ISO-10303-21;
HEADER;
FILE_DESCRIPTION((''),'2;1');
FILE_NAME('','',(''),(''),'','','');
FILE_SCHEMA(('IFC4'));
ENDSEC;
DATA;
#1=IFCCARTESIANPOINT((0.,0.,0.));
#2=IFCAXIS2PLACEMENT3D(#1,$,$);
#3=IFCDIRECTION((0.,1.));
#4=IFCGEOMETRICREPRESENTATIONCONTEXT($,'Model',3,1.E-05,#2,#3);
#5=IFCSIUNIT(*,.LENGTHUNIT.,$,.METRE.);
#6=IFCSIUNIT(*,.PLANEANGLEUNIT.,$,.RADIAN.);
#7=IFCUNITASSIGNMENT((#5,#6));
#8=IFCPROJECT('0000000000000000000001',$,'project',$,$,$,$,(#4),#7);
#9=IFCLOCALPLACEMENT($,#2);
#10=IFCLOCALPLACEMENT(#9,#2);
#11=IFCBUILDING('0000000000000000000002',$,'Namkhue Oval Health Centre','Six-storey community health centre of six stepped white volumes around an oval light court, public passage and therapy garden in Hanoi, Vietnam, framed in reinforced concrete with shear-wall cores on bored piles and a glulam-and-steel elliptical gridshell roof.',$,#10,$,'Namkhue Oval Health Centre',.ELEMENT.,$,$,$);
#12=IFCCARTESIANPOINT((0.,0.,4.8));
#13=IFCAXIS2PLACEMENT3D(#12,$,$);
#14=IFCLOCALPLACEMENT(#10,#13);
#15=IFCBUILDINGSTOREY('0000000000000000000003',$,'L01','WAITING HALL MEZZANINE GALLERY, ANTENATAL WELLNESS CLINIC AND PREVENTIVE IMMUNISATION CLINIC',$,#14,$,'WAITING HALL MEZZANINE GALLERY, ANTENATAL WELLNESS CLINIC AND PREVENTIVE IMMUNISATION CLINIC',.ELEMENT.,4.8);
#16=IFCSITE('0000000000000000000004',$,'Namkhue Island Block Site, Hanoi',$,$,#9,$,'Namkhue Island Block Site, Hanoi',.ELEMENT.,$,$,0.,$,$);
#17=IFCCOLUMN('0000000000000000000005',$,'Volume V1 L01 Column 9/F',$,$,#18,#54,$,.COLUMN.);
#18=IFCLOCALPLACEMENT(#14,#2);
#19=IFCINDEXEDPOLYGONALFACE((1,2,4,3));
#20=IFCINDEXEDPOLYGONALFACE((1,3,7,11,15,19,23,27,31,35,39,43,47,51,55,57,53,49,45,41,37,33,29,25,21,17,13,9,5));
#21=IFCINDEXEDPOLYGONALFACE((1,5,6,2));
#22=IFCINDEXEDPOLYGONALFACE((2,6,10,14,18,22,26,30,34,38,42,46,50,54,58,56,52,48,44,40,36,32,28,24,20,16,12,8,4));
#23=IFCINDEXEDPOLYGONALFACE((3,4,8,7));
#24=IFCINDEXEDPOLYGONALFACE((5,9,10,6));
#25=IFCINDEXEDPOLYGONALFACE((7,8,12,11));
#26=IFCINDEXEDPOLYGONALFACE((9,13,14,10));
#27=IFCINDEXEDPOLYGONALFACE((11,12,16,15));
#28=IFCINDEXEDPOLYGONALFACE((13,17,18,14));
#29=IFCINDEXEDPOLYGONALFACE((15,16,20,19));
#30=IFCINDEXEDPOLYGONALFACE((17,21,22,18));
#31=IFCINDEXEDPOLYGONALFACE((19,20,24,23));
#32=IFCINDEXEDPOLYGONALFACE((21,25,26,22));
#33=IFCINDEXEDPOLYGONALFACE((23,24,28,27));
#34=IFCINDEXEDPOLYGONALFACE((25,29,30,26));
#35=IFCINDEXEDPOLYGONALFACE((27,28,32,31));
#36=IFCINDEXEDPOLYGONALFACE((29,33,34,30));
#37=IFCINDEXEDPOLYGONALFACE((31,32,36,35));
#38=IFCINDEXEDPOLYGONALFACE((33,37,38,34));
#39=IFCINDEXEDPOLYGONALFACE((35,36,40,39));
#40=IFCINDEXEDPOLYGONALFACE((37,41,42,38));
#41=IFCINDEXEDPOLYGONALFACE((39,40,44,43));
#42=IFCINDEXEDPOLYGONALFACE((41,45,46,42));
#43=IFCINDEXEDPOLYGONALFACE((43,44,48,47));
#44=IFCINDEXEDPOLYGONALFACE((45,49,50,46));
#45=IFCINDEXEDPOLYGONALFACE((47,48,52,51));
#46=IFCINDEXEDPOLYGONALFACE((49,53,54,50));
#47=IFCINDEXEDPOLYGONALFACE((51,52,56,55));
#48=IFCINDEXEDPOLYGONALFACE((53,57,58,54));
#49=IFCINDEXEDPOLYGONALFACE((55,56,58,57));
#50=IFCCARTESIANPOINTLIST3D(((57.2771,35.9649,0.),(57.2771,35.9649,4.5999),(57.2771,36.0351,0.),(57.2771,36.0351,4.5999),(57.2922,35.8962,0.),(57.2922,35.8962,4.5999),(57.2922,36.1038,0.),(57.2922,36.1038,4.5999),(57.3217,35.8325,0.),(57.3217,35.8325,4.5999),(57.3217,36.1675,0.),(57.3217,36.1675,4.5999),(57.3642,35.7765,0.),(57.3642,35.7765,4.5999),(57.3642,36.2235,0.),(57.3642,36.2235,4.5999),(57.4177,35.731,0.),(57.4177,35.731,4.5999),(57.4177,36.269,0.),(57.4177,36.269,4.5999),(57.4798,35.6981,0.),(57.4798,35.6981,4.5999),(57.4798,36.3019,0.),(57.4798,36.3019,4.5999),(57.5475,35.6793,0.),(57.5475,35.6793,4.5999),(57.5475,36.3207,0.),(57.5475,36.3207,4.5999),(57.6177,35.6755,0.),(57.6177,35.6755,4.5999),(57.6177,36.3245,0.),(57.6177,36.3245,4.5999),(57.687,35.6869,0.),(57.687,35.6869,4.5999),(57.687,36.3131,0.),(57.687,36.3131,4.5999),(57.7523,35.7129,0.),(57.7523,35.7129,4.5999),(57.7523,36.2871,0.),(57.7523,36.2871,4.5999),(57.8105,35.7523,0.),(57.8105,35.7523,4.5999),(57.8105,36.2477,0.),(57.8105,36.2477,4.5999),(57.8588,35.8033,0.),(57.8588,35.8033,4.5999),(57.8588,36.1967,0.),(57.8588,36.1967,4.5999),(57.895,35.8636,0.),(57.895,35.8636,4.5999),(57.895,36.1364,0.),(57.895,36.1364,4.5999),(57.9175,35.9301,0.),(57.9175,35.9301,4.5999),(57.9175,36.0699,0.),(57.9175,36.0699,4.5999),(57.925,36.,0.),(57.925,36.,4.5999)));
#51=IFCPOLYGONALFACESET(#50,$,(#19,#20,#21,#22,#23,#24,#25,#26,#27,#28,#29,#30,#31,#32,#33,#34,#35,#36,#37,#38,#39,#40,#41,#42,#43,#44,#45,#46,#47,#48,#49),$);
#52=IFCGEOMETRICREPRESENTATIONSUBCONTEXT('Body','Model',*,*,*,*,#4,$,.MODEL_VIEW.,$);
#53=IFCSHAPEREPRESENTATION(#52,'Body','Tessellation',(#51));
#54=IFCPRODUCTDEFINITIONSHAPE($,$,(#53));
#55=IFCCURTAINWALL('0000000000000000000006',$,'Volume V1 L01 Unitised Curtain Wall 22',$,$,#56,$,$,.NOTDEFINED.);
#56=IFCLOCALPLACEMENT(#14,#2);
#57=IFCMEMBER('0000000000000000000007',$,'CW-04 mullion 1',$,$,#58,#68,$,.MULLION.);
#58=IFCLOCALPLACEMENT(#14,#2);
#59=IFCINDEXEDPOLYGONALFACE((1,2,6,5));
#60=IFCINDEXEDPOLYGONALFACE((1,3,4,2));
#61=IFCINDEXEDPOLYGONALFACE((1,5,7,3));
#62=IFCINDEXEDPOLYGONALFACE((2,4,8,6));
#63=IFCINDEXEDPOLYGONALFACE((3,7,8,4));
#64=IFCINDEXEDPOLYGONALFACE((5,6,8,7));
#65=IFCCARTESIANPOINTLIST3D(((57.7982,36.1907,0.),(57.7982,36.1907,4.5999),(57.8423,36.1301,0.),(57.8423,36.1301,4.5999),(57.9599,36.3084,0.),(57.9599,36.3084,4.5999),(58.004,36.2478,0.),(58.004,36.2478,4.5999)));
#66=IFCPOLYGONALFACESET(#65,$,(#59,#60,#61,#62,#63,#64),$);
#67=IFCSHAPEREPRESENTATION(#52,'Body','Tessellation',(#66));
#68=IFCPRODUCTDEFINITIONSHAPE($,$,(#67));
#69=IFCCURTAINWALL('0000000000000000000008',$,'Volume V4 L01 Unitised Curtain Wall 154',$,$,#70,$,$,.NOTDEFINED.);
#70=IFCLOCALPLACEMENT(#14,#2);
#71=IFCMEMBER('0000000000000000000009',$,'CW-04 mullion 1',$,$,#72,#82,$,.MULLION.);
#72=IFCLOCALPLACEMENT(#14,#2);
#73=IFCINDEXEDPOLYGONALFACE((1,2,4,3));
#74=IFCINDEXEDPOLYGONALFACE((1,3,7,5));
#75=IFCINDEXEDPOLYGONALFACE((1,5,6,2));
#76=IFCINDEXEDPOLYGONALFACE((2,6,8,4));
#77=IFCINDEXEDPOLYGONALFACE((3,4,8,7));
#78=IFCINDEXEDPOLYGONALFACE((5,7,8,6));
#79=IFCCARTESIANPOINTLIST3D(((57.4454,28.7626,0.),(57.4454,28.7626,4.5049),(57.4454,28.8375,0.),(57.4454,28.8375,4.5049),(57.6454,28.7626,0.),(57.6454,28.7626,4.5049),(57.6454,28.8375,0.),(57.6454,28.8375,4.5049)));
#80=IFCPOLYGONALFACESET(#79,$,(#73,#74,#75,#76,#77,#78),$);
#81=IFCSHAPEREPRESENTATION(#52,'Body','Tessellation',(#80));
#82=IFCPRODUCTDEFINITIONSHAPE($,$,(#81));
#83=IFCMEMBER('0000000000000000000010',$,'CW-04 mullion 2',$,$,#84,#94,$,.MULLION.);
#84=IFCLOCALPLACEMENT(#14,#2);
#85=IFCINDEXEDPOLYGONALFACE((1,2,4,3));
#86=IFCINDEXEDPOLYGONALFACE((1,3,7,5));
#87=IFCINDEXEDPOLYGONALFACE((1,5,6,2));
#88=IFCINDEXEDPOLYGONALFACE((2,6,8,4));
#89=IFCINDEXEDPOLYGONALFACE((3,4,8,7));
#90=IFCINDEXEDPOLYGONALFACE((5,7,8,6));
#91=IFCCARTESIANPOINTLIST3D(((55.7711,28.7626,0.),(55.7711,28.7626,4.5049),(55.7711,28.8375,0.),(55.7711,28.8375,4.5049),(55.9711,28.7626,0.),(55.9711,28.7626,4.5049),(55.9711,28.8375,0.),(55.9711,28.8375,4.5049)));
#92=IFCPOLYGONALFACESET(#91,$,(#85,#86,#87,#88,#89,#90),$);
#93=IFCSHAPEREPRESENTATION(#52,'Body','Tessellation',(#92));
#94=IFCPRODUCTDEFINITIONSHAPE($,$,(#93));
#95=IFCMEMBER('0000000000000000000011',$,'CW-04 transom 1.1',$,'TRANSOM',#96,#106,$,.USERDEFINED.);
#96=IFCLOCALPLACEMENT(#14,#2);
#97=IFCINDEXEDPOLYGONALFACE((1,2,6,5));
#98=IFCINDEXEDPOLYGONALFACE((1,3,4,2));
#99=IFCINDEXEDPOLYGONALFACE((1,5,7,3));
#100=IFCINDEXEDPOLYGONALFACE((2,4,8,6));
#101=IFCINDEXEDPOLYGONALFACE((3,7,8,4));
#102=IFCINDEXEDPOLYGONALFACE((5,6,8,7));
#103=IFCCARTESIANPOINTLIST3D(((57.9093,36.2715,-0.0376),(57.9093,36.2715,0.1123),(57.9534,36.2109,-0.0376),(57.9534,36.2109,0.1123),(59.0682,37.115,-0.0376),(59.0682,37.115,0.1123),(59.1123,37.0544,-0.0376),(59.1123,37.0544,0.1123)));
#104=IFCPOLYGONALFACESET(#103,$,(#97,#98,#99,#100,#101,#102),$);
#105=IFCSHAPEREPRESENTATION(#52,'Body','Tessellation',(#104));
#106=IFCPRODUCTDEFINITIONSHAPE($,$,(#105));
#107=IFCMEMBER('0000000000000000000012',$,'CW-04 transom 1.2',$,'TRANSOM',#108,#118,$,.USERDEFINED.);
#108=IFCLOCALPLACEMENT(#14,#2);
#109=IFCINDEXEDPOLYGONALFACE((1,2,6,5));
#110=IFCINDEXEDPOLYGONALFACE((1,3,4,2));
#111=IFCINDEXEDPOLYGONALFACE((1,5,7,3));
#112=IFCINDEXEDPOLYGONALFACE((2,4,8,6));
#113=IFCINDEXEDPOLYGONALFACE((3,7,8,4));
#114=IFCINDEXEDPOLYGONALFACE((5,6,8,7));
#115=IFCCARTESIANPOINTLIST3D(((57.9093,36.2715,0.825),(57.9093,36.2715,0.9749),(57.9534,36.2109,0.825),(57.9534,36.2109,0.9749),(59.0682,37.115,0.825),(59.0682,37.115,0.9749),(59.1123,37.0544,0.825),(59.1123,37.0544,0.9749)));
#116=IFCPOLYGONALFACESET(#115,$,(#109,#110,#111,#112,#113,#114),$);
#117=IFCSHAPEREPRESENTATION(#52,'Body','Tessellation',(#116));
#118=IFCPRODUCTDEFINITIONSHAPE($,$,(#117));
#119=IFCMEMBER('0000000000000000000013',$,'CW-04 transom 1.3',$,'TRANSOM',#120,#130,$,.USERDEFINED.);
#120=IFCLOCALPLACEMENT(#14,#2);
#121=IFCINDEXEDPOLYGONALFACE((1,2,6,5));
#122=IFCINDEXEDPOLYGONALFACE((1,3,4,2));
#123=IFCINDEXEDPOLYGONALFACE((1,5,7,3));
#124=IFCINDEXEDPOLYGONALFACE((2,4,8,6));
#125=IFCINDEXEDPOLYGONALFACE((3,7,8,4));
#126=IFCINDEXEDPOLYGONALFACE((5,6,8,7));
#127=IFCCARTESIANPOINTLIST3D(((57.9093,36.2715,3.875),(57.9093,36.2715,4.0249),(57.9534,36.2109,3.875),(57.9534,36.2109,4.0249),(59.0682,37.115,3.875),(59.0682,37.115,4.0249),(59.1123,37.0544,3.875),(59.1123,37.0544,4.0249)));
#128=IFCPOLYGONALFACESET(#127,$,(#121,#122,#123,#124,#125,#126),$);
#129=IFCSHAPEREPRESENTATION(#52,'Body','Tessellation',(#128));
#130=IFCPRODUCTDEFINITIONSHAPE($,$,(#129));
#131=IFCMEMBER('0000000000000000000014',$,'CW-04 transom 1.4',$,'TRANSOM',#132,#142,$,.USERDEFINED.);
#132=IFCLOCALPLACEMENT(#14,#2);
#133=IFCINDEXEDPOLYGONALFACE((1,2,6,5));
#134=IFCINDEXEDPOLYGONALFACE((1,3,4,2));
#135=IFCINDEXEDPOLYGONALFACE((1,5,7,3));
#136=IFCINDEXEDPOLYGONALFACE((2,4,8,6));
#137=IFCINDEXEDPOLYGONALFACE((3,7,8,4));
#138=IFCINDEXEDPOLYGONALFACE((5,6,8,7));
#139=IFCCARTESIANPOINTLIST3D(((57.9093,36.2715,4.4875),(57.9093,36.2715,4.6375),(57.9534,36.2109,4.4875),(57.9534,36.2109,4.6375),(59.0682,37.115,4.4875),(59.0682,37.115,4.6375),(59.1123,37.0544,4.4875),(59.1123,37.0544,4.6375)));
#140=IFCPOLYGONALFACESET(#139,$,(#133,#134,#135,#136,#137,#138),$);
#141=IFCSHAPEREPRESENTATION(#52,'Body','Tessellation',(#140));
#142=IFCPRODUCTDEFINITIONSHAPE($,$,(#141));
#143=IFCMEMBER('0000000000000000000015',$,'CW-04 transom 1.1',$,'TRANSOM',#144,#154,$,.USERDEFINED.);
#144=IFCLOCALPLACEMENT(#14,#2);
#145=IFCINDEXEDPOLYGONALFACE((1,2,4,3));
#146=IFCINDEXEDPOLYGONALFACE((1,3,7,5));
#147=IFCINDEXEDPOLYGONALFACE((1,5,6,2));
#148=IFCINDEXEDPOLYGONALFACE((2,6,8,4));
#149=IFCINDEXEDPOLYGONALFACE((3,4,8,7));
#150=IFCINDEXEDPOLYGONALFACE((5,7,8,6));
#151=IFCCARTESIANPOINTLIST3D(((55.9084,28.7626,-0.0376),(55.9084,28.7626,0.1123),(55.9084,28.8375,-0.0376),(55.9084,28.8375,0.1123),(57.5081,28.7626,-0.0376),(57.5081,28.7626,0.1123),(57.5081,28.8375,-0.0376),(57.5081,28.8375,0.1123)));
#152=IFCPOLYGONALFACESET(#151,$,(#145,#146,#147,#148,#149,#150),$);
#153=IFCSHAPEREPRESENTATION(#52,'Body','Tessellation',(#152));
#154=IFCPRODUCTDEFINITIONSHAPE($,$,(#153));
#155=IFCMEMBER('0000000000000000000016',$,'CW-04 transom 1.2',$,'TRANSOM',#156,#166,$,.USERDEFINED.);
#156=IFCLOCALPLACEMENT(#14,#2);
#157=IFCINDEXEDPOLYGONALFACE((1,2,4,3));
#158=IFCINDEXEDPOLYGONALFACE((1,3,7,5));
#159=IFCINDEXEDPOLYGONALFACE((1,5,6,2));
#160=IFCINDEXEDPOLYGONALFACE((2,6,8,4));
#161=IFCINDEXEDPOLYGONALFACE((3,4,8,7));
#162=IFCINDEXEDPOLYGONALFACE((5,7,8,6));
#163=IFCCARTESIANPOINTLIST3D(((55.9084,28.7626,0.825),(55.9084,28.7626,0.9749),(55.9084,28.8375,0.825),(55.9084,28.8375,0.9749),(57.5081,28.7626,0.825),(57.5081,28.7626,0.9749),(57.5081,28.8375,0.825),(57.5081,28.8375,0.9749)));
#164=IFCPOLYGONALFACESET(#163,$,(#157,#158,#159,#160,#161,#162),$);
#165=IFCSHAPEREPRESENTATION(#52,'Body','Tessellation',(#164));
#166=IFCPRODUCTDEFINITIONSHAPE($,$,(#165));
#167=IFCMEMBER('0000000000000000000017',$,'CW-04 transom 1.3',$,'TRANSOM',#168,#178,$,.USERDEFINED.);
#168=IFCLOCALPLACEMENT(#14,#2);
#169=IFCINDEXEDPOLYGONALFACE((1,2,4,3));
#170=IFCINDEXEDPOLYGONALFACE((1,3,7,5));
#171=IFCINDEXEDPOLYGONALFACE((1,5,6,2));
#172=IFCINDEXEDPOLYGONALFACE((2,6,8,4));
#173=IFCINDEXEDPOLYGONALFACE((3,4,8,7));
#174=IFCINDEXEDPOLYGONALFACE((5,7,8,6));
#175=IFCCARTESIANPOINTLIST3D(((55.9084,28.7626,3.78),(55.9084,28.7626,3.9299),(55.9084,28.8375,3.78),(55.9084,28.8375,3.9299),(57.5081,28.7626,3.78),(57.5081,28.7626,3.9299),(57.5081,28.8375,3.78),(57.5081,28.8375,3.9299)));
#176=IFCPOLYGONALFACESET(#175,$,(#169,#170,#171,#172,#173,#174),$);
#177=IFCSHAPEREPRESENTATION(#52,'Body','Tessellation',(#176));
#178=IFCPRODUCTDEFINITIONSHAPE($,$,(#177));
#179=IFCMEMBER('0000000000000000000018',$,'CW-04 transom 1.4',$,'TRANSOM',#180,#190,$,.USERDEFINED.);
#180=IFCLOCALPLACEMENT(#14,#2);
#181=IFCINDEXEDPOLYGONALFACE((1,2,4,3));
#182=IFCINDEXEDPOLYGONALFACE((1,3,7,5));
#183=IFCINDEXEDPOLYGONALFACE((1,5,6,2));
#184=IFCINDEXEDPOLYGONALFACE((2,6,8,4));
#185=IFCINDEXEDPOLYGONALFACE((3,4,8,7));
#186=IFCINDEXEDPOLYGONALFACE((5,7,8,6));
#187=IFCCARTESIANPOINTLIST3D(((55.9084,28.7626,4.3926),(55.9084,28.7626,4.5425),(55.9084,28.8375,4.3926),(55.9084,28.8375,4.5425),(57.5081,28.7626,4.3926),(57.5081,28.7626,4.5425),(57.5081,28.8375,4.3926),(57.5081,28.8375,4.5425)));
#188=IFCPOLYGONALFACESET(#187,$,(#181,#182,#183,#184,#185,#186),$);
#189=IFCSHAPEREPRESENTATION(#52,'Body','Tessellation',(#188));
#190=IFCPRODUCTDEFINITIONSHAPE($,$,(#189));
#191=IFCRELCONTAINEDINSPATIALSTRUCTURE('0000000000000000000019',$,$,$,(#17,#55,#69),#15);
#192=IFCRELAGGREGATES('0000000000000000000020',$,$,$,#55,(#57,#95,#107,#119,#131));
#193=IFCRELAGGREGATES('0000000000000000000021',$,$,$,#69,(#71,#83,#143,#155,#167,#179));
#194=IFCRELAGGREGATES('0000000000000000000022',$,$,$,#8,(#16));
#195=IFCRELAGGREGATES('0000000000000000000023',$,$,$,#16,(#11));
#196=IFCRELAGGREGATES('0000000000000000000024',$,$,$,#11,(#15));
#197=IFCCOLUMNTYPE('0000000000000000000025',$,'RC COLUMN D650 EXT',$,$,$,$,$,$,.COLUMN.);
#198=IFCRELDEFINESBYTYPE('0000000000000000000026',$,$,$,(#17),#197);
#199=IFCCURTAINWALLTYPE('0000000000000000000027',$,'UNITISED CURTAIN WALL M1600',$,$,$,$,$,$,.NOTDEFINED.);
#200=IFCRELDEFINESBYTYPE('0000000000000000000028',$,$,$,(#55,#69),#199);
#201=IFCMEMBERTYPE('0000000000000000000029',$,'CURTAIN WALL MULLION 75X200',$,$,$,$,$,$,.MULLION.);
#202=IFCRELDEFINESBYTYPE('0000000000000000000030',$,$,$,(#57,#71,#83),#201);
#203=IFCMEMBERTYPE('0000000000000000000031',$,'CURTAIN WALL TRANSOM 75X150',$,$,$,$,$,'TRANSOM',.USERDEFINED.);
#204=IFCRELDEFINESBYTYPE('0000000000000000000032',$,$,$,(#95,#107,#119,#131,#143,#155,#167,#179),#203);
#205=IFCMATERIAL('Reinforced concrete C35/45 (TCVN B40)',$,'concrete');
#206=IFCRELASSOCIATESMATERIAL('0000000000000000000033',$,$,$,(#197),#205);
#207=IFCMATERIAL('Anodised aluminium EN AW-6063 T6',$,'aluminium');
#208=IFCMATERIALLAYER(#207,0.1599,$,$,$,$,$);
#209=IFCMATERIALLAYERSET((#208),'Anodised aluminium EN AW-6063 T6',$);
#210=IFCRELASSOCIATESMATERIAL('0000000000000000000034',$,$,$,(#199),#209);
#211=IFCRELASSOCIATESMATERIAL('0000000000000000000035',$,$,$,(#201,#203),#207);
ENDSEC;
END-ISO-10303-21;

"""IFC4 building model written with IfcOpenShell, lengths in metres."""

from ifc_helpers import new_model, si_unit, direction, frame, origin, origin_2d, place, context, subcontext, project, spatial, rectangle, circle, extrude, material, layer, layer_set, material_profile, profile_set, type_object, element, aggregate, save


model = new_model("IFC4")

# Units and contexts
model_context = context("Model", 3, precision=1e-05, world=origin(), true_north=direction((0.0, 1.0)))
body_context = subcontext(model_context, "Body", "Model", "MODEL_VIEW")
ifc_project = project(units=[si_unit("LENGTHUNIT", "METRE"), si_unit("PLANEANGLEUNIT", "RADIAN")], contexts=[model_context])

# Site, building, storey
site_placement = place(None, origin())
site = spatial("IfcSite", under=ifc_project, at=site_placement, Name="Namkhue Island Block Site, Hanoi", LongName="Namkhue Island Block Site, Hanoi", CompositionType="ELEMENT", RefElevation=0.0)
building_placement = place(site_placement, origin())
building = spatial("IfcBuilding", under=site, at=building_placement, Name="Namkhue Oval Health Centre", Description="Six-storey community health centre of six stepped white volumes around an oval light court, public passage and therapy garden in Hanoi, Vietnam, framed in reinforced concrete with shear-wall cores on bored piles and a glulam-and-steel elliptical gridshell roof.", LongName="Namkhue Oval Health Centre", CompositionType="ELEMENT")
storey_placement = place(building_placement, frame((0.0, 0.0, 4.8)))
storey = spatial("IfcBuildingStorey", under=building, at=storey_placement, Name="L01", Description="WAITING HALL MEZZANINE GALLERY, ANTENATAL WELLNESS CLINIC AND PREVENTIVE IMMUNISATION CLINIC", LongName="WAITING HALL MEZZANINE GALLERY, ANTENATAL WELLNESS CLINIC AND PREVENTIVE IMMUNISATION CLINIC", CompositionType="ELEMENT", Elevation=4.8)

# Column
ifc_material_1 = material(Name="Reinforced concrete C35/45 (TCVN B40)", Category="concrete")
ifc_material_profile_1 = material_profile(ifc_material_1, circle(Radius=0.325, at=origin_2d()), Name="RC D650")
ifc_profile_set_1 = profile_set([ifc_material_profile_1], Name="Reinforced concrete C35/45 (TCVN B40)")
column_type = type_object("IfcColumnType", Name="RC COLUMN D650 EXT", PredefinedType="COLUMN", material=ifc_profile_set_1)
column_placement = place(storey_placement, frame((57.6001, 36.0, 0.0), z_axis=(0.0, 0.0, 1.0), x_axis=(1.0, 0.0, 0.0)))
element("IfcColumn", 1, at=column_placement, inside=storey, type_object=column_type, Name="Volume V1 L01 Column 9/F", PredefinedType="COLUMN", context=body_context, shape_type="SweptSolid", body=[
    extrude(circle(Radius=0.325, at=origin_2d()), origin(), (0.0, 0.0, 1.0), 4.5999),
])

# Curtain wall, member
ifc_material_2 = material(Name="Anodised aluminium EN AW-6063 T6", Category="aluminium")
ifc_layer_1 = layer(ifc_material_2, 0.1599)
ifc_layer_set_1 = layer_set([ifc_layer_1], Name="Anodised aluminium EN AW-6063 T6")
curtain_wall_type = type_object("IfcCurtainWallType", Name="UNITISED CURTAIN WALL M1600", PredefinedType="NOTDEFINED", material=ifc_layer_set_1)
curtain_wall_1_placement = place(storey_placement, origin())
curtain_wall_1 = element("IfcCurtainWall", 2, at=curtain_wall_1_placement, inside=storey, type_object=curtain_wall_type, Name="Volume V1 L01 Unitised Curtain Wall 22", PredefinedType="NOTDEFINED")
ifc_material_profile_2 = material_profile(ifc_material_2, rectangle(XDim=0.075, YDim=0.2, at=origin_2d()), Name="ALU 75x200")
ifc_profile_set_2 = profile_set([ifc_material_profile_2], Name="Anodised aluminium EN AW-6063 T6")
member_type_1 = type_object("IfcMemberType", Name="CURTAIN WALL MULLION 75X200", PredefinedType="MULLION", material=ifc_profile_set_2)
member_1_placement = place(storey_placement, frame((57.9011, 36.2192, 0.0), z_axis=(0.0, 0.0, 1.0), x_axis=(-0.588477, 0.808514, 0.0)))
member_1 = element("IfcMember", 3, at=member_1_placement, type_object=member_type_1, Name="CW-04 mullion 1", PredefinedType="MULLION", context=body_context, shape_type="SweptSolid", body=[
    extrude(rectangle(XDim=0.075, YDim=0.2, at=origin_2d()), origin(), (0.0, 0.0, 1.0), 4.5999),
])

# Curtain wall, members
curtain_wall_2_placement = place(storey_placement, origin())
curtain_wall_2 = element("IfcCurtainWall", 4, at=curtain_wall_2_placement, inside=storey, type_object=curtain_wall_type, Name="Volume V4 L01 Unitised Curtain Wall 154", PredefinedType="NOTDEFINED")
member_2_placement = place(storey_placement, frame((57.5454, 28.8, 0.0), z_axis=(0.0, 0.0, 1.0), x_axis=(0.0, -1.0, 0.0)))
member_2 = element("IfcMember", 5, at=member_2_placement, type_object=member_type_1, Name="CW-04 mullion 1", PredefinedType="MULLION", context=body_context, shape_type="SweptSolid", body=[
    extrude(rectangle(XDim=0.075, YDim=0.2, at=origin_2d()), origin(), (0.0, 0.0, 1.0), 4.5049),
])
member_3_placement = place(storey_placement, frame((55.8711, 28.8, 0.0), z_axis=(0.0, 0.0, 1.0), x_axis=(0.0, -1.0, 0.0)))
member_3 = element("IfcMember", 6, at=member_3_placement, type_object=member_type_1, Name="CW-04 mullion 2", PredefinedType="MULLION", context=body_context, shape_type="SweptSolid", body=[
    extrude(rectangle(XDim=0.075, YDim=0.2, at=origin_2d()), origin(), (0.0, 0.0, 1.0), 4.5049),
])

# Members
ifc_material_profile_3 = material_profile(ifc_material_2, rectangle(XDim=0.075, YDim=0.1499, at=origin_2d()), Name="ALU 75x150")
ifc_profile_set_3 = profile_set([ifc_material_profile_3], Name="Anodised aluminium EN AW-6063 T6")
member_type_2 = type_object("IfcMemberType", Name="CURTAIN WALL TRANSOM 75X150", ElementType="TRANSOM", PredefinedType="USERDEFINED", material=ifc_profile_set_3)
member_4_placement = place(storey_placement, frame((57.9314, 36.2412, 0.0374), z_axis=(0.808522, 0.588465, 0.0), x_axis=(-0.588465, 0.808522, 0.0)))
member_4 = element("IfcMember", 7, at=member_4_placement, type_object=member_type_2, Name="CW-04 transom 1.1", ObjectType="TRANSOM", PredefinedType="USERDEFINED", context=body_context, shape_type="SweptSolid", body=[
    extrude(rectangle(XDim=0.075, YDim=0.1499, at=origin_2d()), origin(), (0.0, 0.0, 1.0), 1.4333),
])
member_5_placement = place(storey_placement, frame((57.9314, 36.2412, 0.8999), z_axis=(0.808522, 0.588465, 0.0), x_axis=(-0.588465, 0.808522, 0.0)))
member_5 = element("IfcMember", 8, at=member_5_placement, type_object=member_type_2, Name="CW-04 transom 1.2", ObjectType="TRANSOM", PredefinedType="USERDEFINED", context=body_context, shape_type="SweptSolid", body=[
    extrude(rectangle(XDim=0.075, YDim=0.1499, at=origin_2d()), origin(), (0.0, 0.0, 1.0), 1.4333),
])
member_6_placement = place(storey_placement, frame((57.9314, 36.2412, 3.95), z_axis=(0.808522, 0.588465, 0.0), x_axis=(-0.588465, 0.808522, 0.0)))
member_6 = element("IfcMember", 9, at=member_6_placement, type_object=member_type_2, Name="CW-04 transom 1.3", ObjectType="TRANSOM", PredefinedType="USERDEFINED", context=body_context, shape_type="SweptSolid", body=[
    extrude(rectangle(XDim=0.075, YDim=0.1499, at=origin_2d()), origin(), (0.0, 0.0, 1.0), 1.4333),
])
member_7_placement = place(storey_placement, frame((57.9314, 36.2412, 4.5625), z_axis=(0.808522, 0.588465, 0.0), x_axis=(-0.588465, 0.808522, 0.0)))
member_7 = element("IfcMember", 10, at=member_7_placement, type_object=member_type_2, Name="CW-04 transom 1.4", ObjectType="TRANSOM", PredefinedType="USERDEFINED", context=body_context, shape_type="SweptSolid", body=[
    extrude(rectangle(XDim=0.075, YDim=0.1499, at=origin_2d()), origin(), (0.0, 0.0, 1.0), 1.4333),
])
member_8_placement = place(storey_placement, frame((57.5081, 28.8, 0.0374), z_axis=(-1.0, 0.0, 0.0), x_axis=(0.0, -1.0, 0.0)))
member_8 = element("IfcMember", 11, at=member_8_placement, type_object=member_type_2, Name="CW-04 transom 1.1", ObjectType="TRANSOM", PredefinedType="USERDEFINED", context=body_context, shape_type="SweptSolid", body=[
    extrude(rectangle(XDim=0.075, YDim=0.1499, at=origin_2d()), origin(), (0.0, 0.0, 1.0), 1.5996),
])
member_9_placement = place(storey_placement, frame((57.5081, 28.8, 0.8999), z_axis=(-1.0, 0.0, 0.0), x_axis=(0.0, -1.0, 0.0)))
member_9 = element("IfcMember", 12, at=member_9_placement, type_object=member_type_2, Name="CW-04 transom 1.2", ObjectType="TRANSOM", PredefinedType="USERDEFINED", context=body_context, shape_type="SweptSolid", body=[
    extrude(rectangle(XDim=0.075, YDim=0.1499, at=origin_2d()), origin(), (0.0, 0.0, 1.0), 1.5996),
])
member_10_placement = place(storey_placement, frame((57.5081, 28.8, 3.855), z_axis=(-1.0, 0.0, 0.0), x_axis=(0.0, -1.0, 0.0)))
member_10 = element("IfcMember", 13, at=member_10_placement, type_object=member_type_2, Name="CW-04 transom 1.3", ObjectType="TRANSOM", PredefinedType="USERDEFINED", context=body_context, shape_type="SweptSolid", body=[
    extrude(rectangle(XDim=0.075, YDim=0.1499, at=origin_2d()), origin(), (0.0, 0.0, 1.0), 1.5996),
])
member_11_placement = place(storey_placement, frame((57.5081, 28.8, 4.4675), z_axis=(-1.0, 0.0, 0.0), x_axis=(0.0, -1.0, 0.0)))
member_11 = element("IfcMember", 14, at=member_11_placement, type_object=member_type_2, Name="CW-04 transom 1.4", ObjectType="TRANSOM", PredefinedType="USERDEFINED", context=body_context, shape_type="SweptSolid", body=[
    extrude(rectangle(XDim=0.075, YDim=0.1499, at=origin_2d()), origin(), (0.0, 0.0, 1.0), 1.5996),
])

aggregate(curtain_wall_1, [member_1, member_4, member_5, member_6, member_7])
aggregate(curtain_wall_2, [member_2, member_3, member_8, member_9, member_10, member_11])

save(model, "model.ifc")
